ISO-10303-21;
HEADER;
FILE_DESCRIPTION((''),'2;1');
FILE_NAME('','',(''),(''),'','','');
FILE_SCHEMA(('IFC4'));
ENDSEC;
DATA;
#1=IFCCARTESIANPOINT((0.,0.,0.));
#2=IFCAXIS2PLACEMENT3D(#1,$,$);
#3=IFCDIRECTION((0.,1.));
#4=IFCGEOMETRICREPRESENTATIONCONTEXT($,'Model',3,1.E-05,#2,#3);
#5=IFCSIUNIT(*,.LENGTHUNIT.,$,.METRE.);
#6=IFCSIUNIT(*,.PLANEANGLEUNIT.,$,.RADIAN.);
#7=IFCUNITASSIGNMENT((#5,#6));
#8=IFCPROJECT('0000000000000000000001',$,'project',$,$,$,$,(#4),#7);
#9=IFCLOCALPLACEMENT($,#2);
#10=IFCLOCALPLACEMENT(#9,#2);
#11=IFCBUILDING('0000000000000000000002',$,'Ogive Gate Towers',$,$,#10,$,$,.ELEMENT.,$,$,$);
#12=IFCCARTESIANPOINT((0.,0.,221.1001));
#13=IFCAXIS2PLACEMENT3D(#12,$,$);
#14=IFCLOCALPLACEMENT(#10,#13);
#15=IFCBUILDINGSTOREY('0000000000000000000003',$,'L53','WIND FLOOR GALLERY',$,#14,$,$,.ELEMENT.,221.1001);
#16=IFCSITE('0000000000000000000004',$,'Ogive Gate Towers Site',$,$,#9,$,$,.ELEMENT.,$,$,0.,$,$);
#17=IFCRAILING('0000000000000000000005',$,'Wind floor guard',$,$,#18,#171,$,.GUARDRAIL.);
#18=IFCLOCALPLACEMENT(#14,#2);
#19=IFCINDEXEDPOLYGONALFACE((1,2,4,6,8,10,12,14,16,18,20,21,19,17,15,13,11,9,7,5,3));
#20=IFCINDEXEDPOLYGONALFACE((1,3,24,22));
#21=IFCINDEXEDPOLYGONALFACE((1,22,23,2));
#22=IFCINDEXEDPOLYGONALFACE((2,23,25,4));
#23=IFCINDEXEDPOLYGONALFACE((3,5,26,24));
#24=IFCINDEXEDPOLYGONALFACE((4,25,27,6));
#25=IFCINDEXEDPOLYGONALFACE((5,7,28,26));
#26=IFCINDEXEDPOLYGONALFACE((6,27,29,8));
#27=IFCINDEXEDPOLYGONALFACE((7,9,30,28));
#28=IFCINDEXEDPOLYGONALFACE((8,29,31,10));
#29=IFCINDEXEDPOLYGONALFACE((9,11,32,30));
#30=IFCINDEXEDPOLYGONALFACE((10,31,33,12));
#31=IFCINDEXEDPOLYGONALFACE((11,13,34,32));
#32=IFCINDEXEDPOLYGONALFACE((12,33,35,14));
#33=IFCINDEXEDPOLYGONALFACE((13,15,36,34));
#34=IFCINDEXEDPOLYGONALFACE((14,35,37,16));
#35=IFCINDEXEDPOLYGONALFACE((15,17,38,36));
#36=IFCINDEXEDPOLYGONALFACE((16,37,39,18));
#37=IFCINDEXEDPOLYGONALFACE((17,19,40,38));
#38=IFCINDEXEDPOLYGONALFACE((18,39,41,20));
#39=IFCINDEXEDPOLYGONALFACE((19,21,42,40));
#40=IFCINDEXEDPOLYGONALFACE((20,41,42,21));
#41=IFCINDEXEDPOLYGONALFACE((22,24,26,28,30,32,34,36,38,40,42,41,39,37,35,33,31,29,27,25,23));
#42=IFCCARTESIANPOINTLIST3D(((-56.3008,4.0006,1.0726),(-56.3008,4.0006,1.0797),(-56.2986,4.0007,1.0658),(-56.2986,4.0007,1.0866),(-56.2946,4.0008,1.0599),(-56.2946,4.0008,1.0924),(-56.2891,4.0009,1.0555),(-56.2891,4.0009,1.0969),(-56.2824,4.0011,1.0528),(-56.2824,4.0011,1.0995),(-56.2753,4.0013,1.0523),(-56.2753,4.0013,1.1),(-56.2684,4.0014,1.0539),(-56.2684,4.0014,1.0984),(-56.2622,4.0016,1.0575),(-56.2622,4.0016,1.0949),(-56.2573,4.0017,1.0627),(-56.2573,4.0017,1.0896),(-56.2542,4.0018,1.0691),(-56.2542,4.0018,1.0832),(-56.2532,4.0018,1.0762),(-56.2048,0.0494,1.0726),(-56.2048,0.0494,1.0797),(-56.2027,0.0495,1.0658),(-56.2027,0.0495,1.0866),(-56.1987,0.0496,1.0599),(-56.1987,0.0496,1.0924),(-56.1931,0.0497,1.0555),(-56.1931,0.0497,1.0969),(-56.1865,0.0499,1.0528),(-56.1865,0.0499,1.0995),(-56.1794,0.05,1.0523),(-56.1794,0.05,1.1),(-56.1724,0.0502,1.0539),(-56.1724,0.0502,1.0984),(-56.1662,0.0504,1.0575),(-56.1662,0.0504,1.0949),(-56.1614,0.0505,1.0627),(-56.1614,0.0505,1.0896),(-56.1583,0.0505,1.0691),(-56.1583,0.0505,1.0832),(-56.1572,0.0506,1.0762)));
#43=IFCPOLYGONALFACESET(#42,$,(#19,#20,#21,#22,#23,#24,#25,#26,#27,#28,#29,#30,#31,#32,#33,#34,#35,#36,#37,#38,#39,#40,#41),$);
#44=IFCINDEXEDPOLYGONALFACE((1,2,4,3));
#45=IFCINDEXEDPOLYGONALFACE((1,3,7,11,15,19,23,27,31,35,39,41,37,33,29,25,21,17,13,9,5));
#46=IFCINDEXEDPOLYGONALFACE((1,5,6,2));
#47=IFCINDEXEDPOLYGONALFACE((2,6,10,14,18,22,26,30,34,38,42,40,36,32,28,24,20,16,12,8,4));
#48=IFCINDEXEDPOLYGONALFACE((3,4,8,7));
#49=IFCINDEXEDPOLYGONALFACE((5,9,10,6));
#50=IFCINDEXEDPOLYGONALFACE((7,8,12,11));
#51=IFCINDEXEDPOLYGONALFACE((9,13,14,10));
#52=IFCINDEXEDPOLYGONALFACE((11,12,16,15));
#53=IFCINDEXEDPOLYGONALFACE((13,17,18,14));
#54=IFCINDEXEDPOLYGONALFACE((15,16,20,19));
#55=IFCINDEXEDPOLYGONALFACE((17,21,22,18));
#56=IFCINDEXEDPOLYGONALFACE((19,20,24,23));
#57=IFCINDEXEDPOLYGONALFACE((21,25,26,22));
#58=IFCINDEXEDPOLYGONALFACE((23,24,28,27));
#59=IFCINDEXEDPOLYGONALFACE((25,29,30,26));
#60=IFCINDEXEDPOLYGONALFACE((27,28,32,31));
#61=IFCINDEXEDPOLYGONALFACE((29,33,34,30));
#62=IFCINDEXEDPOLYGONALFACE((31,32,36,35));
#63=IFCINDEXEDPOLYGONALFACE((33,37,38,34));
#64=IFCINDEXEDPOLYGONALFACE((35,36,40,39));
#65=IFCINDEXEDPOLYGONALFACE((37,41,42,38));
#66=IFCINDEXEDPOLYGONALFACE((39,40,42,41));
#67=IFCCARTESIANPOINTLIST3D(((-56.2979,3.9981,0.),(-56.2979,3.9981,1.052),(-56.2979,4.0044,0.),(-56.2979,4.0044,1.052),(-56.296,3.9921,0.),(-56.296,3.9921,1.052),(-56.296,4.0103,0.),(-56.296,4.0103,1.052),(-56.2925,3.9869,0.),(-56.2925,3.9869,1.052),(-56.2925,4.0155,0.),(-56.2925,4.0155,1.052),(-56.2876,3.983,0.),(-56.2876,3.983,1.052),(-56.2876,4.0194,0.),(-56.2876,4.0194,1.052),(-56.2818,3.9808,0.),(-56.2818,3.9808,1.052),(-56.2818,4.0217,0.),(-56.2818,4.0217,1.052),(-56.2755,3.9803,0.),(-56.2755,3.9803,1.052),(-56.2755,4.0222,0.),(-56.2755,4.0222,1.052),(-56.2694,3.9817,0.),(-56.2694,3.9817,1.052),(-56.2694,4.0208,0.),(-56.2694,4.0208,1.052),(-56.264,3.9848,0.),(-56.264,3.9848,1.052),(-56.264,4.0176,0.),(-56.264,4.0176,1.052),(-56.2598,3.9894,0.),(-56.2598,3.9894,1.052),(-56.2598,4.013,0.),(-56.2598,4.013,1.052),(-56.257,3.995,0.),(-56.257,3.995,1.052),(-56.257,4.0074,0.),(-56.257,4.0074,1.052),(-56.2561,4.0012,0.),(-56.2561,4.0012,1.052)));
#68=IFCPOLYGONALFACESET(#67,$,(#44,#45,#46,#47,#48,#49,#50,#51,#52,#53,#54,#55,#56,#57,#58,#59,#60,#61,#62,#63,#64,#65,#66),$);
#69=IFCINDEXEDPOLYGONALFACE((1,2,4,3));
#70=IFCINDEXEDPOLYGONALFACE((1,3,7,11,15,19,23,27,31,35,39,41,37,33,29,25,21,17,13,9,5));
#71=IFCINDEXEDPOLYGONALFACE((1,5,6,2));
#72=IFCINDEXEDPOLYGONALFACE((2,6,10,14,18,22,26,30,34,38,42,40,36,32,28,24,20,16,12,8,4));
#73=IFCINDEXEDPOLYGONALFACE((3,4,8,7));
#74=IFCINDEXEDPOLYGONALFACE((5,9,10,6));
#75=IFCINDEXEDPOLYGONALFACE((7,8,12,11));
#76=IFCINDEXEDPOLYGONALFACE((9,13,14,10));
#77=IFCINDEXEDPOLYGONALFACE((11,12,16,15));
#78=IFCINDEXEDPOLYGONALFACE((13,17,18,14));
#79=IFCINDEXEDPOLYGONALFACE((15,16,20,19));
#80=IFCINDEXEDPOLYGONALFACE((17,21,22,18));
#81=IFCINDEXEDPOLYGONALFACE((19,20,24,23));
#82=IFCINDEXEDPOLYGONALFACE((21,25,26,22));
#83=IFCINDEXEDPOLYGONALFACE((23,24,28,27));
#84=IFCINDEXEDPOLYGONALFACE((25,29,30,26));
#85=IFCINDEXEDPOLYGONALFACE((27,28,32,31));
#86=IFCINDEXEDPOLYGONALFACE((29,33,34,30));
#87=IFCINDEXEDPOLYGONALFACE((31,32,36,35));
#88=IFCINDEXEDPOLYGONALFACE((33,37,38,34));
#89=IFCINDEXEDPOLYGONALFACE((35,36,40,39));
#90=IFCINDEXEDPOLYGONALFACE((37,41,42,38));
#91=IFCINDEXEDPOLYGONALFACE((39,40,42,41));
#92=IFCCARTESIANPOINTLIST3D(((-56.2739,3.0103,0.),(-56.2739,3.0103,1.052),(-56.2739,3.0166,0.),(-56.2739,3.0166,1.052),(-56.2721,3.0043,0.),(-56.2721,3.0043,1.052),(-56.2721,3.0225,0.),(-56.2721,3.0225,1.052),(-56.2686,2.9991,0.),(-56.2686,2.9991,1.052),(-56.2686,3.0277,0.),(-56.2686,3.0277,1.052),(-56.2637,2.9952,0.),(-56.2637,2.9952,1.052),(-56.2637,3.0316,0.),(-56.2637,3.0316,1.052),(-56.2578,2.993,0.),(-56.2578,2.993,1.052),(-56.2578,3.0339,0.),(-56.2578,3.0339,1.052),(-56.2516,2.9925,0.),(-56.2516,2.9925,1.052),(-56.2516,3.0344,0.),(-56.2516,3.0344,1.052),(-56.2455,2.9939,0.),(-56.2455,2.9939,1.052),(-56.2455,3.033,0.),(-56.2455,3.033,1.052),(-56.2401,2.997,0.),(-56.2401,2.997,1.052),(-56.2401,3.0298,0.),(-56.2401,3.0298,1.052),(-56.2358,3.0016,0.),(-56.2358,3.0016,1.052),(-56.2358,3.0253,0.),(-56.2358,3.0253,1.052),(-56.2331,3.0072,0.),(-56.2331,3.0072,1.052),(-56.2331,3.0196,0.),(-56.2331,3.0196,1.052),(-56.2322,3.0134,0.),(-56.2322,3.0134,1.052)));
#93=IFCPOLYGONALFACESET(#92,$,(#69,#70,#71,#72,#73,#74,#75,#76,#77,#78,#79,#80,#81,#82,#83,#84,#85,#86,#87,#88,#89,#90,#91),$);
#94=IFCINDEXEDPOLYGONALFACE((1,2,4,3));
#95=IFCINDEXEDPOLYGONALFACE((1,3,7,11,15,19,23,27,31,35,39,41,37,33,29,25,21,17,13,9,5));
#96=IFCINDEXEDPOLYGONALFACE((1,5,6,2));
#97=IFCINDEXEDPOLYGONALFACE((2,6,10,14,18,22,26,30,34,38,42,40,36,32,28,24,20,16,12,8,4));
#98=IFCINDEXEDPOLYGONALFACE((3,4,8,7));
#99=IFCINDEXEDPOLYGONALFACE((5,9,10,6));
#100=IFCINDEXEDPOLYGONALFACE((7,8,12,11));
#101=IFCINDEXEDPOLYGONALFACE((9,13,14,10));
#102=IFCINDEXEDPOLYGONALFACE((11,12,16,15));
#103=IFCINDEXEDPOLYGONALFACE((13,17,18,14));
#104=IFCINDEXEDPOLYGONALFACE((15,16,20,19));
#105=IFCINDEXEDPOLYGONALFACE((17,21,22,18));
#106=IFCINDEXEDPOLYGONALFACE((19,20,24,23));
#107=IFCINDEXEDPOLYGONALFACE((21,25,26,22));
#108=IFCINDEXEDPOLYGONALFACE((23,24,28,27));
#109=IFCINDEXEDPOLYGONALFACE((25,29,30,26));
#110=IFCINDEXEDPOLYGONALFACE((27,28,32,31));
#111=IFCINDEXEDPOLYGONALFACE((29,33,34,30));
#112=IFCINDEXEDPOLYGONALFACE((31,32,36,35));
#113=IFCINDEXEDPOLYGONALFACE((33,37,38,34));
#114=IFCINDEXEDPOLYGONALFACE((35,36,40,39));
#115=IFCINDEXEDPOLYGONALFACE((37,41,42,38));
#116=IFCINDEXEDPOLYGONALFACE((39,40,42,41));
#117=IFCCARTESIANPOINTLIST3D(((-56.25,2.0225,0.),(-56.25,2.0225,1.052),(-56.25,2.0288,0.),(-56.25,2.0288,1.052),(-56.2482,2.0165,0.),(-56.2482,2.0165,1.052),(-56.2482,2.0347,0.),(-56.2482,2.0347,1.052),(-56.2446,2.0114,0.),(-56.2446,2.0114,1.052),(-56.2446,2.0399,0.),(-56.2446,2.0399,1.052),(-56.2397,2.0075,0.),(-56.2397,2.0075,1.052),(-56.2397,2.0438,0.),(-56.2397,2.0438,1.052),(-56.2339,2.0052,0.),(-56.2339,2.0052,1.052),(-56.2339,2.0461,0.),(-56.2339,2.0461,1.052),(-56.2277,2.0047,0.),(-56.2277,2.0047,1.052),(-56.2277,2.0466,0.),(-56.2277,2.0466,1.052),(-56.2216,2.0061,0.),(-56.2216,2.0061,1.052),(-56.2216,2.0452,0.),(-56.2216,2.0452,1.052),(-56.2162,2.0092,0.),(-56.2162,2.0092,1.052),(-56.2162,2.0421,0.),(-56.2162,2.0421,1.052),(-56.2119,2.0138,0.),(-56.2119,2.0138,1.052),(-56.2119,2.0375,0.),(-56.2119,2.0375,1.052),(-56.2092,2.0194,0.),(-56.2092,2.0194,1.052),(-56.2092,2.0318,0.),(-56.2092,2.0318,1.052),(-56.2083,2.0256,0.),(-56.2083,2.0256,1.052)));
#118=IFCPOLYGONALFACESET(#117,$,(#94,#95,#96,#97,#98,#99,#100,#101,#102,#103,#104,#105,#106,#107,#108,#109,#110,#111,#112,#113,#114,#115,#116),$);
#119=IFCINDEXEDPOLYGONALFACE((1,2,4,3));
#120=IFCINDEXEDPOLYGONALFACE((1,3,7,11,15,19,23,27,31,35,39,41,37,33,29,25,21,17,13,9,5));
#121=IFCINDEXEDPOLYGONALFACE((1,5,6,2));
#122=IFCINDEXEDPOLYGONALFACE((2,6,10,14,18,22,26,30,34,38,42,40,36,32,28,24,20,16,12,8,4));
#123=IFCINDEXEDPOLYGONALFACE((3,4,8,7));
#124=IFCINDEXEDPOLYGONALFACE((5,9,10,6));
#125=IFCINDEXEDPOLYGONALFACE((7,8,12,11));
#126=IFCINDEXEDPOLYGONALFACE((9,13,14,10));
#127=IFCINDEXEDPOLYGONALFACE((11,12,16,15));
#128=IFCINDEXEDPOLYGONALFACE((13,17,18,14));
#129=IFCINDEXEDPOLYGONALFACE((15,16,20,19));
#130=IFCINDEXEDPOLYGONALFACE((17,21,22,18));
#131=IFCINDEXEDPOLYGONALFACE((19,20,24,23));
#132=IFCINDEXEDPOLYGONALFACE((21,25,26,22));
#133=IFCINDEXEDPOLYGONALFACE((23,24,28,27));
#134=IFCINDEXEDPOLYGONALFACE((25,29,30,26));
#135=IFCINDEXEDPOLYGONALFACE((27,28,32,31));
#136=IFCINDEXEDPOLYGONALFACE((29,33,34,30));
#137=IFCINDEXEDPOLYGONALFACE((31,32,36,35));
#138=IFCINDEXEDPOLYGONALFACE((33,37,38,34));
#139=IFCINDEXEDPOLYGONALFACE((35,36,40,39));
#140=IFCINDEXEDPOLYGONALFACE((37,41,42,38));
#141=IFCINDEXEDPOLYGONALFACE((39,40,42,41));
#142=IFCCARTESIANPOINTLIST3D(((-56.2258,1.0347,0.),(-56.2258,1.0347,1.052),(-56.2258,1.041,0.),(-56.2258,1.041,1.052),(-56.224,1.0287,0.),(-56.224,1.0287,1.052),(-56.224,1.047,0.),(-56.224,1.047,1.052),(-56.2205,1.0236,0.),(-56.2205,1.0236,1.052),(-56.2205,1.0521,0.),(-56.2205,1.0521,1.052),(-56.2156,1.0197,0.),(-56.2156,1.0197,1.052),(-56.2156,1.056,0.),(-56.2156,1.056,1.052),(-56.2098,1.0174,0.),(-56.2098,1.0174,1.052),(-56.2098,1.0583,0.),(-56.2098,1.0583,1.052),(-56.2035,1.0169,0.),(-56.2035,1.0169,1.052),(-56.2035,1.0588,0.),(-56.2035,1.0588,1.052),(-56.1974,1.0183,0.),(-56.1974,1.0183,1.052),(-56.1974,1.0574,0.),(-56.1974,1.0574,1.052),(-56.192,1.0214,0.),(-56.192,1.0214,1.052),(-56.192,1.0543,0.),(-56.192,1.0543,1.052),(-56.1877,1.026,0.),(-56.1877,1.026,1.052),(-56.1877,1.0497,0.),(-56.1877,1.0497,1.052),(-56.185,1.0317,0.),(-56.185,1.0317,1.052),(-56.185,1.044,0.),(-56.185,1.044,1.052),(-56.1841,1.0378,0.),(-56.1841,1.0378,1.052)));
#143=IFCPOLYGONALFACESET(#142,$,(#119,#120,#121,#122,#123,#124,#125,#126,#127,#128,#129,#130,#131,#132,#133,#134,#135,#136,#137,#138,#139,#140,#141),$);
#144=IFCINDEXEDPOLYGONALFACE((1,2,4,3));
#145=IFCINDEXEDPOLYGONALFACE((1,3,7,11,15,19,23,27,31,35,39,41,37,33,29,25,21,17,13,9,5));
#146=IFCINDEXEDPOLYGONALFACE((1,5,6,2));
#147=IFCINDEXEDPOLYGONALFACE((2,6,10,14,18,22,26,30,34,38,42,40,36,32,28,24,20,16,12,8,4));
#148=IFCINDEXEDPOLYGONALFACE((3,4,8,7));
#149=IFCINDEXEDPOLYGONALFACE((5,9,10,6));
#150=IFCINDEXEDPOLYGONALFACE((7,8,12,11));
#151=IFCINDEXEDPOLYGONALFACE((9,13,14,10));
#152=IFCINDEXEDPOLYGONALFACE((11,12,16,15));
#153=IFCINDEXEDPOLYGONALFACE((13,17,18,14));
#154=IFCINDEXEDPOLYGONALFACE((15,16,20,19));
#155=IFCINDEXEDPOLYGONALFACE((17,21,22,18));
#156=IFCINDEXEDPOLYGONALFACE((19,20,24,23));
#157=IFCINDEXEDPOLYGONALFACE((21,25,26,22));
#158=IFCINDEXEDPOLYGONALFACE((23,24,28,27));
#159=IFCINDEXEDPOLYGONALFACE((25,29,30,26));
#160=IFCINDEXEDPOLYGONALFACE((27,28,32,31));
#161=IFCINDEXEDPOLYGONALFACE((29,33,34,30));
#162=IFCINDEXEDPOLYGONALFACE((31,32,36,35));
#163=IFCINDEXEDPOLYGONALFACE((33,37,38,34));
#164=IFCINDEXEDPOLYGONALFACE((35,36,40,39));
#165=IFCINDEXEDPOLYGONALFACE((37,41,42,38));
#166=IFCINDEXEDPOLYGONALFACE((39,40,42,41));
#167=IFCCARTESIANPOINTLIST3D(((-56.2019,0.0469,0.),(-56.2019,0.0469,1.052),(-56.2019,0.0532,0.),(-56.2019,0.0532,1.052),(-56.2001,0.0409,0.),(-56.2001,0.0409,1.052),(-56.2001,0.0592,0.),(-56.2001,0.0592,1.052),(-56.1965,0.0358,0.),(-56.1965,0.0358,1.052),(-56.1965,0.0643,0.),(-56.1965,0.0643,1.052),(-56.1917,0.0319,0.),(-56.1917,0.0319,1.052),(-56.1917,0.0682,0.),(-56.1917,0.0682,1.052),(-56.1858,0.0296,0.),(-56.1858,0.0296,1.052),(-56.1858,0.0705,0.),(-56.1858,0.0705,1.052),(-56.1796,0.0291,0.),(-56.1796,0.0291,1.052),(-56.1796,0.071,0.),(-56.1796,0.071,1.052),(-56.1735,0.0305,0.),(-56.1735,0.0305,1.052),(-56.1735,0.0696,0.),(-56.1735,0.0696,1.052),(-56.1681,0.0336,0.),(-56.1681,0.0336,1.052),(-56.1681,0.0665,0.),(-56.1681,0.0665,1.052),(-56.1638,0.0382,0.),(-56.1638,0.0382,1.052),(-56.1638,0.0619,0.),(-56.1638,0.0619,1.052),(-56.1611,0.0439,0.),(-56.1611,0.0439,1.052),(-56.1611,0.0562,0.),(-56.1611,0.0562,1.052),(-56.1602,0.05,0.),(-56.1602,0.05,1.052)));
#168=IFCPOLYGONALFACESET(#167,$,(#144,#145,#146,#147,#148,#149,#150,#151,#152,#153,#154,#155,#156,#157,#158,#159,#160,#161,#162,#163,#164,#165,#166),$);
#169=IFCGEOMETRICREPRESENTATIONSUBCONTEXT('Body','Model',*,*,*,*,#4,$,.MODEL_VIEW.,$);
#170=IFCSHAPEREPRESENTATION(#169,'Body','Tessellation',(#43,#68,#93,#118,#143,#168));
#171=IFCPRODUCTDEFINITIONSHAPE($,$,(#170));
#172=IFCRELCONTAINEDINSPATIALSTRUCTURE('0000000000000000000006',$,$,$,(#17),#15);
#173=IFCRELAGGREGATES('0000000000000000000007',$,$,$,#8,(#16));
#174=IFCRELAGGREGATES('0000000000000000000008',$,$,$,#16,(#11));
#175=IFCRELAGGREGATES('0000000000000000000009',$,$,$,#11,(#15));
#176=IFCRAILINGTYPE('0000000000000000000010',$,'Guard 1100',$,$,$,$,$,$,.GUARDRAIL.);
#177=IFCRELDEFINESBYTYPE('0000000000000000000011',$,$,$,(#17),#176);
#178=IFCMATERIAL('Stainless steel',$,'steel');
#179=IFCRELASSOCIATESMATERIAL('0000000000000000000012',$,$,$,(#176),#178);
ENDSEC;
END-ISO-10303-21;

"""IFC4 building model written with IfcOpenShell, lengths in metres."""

from ifc_helpers import new_model, si_unit, direction, frame, origin, origin_2d, place, context, subcontext, project, spatial, circle, extrude, material, type_object, element, save


model = new_model("IFC4")

# Units and contexts
model_context = context("Model", 3, precision=1e-05, world=origin(), true_north=direction((0.0, 1.0)))
body_context = subcontext(model_context, "Body", "Model", "MODEL_VIEW")
ifc_project = project(units=[si_unit("LENGTHUNIT", "METRE"), si_unit("PLANEANGLEUNIT", "RADIAN")], contexts=[model_context])

# Site, building, storey
site_placement = place(None, origin())
site = spatial("IfcSite", under=ifc_project, at=site_placement, Name="Ogive Gate Towers Site", CompositionType="ELEMENT", RefElevation=0.0)
building_placement = place(site_placement, origin())
building = spatial("IfcBuilding", under=site, at=building_placement, Name="Ogive Gate Towers", CompositionType="ELEMENT")
storey_placement = place(building_placement, frame((0.0, 0.0, 221.1001)))
storey = spatial("IfcBuildingStorey", under=building, at=storey_placement, Name="L53", Description="WIND FLOOR GALLERY", CompositionType="ELEMENT", Elevation=221.1001)

# Railing
ifc_material_1 = material(Name="Stainless steel", Category="steel")
railing_type_1 = type_object("IfcRailingType", Name="Guard 1100", PredefinedType="GUARDRAIL", material=ifc_material_1)
railing_1_placement = place(storey_placement, frame((-56.2771, 4.0012, 0.0)))
element("IfcRailing", 1, at=railing_1_placement, inside=storey, type_object=railing_type_1, Name="Wind floor guard", PredefinedType="GUARDRAIL", context=body_context, shape_type="SweptSolid", body=[
    extrude(circle(Radius=0.0239, at=origin_2d()), frame((0.0, 0.0, 1.0762), z_axis=(0.024276, -0.999705, 0.0), x_axis=(0.999705, 0.024276, 0.0)), (0.0, 0.0, 1.0), 3.9524),
    extrude(circle(Radius=0.021, at=origin_2d()), origin(), (0.0, 0.0, 1.0), 1.052),
    extrude(circle(Radius=0.021, at=origin_2d()), frame((0.0239, -0.9878, 0.0)), (0.0, 0.0, 1.0), 1.052),
    extrude(circle(Radius=0.021, at=origin_2d()), frame((0.0479, -1.9756, 0.0)), (0.0, 0.0, 1.0), 1.052),
    extrude(circle(Radius=0.021, at=origin_2d()), frame((0.072, -2.9634, 0.0)), (0.0, 0.0, 1.0), 1.052),
    extrude(circle(Radius=0.021, at=origin_2d()), frame((0.0959, -3.9512, 0.0)), (0.0, 0.0, 1.0), 1.052),
])

save(model, "model.ifc")
